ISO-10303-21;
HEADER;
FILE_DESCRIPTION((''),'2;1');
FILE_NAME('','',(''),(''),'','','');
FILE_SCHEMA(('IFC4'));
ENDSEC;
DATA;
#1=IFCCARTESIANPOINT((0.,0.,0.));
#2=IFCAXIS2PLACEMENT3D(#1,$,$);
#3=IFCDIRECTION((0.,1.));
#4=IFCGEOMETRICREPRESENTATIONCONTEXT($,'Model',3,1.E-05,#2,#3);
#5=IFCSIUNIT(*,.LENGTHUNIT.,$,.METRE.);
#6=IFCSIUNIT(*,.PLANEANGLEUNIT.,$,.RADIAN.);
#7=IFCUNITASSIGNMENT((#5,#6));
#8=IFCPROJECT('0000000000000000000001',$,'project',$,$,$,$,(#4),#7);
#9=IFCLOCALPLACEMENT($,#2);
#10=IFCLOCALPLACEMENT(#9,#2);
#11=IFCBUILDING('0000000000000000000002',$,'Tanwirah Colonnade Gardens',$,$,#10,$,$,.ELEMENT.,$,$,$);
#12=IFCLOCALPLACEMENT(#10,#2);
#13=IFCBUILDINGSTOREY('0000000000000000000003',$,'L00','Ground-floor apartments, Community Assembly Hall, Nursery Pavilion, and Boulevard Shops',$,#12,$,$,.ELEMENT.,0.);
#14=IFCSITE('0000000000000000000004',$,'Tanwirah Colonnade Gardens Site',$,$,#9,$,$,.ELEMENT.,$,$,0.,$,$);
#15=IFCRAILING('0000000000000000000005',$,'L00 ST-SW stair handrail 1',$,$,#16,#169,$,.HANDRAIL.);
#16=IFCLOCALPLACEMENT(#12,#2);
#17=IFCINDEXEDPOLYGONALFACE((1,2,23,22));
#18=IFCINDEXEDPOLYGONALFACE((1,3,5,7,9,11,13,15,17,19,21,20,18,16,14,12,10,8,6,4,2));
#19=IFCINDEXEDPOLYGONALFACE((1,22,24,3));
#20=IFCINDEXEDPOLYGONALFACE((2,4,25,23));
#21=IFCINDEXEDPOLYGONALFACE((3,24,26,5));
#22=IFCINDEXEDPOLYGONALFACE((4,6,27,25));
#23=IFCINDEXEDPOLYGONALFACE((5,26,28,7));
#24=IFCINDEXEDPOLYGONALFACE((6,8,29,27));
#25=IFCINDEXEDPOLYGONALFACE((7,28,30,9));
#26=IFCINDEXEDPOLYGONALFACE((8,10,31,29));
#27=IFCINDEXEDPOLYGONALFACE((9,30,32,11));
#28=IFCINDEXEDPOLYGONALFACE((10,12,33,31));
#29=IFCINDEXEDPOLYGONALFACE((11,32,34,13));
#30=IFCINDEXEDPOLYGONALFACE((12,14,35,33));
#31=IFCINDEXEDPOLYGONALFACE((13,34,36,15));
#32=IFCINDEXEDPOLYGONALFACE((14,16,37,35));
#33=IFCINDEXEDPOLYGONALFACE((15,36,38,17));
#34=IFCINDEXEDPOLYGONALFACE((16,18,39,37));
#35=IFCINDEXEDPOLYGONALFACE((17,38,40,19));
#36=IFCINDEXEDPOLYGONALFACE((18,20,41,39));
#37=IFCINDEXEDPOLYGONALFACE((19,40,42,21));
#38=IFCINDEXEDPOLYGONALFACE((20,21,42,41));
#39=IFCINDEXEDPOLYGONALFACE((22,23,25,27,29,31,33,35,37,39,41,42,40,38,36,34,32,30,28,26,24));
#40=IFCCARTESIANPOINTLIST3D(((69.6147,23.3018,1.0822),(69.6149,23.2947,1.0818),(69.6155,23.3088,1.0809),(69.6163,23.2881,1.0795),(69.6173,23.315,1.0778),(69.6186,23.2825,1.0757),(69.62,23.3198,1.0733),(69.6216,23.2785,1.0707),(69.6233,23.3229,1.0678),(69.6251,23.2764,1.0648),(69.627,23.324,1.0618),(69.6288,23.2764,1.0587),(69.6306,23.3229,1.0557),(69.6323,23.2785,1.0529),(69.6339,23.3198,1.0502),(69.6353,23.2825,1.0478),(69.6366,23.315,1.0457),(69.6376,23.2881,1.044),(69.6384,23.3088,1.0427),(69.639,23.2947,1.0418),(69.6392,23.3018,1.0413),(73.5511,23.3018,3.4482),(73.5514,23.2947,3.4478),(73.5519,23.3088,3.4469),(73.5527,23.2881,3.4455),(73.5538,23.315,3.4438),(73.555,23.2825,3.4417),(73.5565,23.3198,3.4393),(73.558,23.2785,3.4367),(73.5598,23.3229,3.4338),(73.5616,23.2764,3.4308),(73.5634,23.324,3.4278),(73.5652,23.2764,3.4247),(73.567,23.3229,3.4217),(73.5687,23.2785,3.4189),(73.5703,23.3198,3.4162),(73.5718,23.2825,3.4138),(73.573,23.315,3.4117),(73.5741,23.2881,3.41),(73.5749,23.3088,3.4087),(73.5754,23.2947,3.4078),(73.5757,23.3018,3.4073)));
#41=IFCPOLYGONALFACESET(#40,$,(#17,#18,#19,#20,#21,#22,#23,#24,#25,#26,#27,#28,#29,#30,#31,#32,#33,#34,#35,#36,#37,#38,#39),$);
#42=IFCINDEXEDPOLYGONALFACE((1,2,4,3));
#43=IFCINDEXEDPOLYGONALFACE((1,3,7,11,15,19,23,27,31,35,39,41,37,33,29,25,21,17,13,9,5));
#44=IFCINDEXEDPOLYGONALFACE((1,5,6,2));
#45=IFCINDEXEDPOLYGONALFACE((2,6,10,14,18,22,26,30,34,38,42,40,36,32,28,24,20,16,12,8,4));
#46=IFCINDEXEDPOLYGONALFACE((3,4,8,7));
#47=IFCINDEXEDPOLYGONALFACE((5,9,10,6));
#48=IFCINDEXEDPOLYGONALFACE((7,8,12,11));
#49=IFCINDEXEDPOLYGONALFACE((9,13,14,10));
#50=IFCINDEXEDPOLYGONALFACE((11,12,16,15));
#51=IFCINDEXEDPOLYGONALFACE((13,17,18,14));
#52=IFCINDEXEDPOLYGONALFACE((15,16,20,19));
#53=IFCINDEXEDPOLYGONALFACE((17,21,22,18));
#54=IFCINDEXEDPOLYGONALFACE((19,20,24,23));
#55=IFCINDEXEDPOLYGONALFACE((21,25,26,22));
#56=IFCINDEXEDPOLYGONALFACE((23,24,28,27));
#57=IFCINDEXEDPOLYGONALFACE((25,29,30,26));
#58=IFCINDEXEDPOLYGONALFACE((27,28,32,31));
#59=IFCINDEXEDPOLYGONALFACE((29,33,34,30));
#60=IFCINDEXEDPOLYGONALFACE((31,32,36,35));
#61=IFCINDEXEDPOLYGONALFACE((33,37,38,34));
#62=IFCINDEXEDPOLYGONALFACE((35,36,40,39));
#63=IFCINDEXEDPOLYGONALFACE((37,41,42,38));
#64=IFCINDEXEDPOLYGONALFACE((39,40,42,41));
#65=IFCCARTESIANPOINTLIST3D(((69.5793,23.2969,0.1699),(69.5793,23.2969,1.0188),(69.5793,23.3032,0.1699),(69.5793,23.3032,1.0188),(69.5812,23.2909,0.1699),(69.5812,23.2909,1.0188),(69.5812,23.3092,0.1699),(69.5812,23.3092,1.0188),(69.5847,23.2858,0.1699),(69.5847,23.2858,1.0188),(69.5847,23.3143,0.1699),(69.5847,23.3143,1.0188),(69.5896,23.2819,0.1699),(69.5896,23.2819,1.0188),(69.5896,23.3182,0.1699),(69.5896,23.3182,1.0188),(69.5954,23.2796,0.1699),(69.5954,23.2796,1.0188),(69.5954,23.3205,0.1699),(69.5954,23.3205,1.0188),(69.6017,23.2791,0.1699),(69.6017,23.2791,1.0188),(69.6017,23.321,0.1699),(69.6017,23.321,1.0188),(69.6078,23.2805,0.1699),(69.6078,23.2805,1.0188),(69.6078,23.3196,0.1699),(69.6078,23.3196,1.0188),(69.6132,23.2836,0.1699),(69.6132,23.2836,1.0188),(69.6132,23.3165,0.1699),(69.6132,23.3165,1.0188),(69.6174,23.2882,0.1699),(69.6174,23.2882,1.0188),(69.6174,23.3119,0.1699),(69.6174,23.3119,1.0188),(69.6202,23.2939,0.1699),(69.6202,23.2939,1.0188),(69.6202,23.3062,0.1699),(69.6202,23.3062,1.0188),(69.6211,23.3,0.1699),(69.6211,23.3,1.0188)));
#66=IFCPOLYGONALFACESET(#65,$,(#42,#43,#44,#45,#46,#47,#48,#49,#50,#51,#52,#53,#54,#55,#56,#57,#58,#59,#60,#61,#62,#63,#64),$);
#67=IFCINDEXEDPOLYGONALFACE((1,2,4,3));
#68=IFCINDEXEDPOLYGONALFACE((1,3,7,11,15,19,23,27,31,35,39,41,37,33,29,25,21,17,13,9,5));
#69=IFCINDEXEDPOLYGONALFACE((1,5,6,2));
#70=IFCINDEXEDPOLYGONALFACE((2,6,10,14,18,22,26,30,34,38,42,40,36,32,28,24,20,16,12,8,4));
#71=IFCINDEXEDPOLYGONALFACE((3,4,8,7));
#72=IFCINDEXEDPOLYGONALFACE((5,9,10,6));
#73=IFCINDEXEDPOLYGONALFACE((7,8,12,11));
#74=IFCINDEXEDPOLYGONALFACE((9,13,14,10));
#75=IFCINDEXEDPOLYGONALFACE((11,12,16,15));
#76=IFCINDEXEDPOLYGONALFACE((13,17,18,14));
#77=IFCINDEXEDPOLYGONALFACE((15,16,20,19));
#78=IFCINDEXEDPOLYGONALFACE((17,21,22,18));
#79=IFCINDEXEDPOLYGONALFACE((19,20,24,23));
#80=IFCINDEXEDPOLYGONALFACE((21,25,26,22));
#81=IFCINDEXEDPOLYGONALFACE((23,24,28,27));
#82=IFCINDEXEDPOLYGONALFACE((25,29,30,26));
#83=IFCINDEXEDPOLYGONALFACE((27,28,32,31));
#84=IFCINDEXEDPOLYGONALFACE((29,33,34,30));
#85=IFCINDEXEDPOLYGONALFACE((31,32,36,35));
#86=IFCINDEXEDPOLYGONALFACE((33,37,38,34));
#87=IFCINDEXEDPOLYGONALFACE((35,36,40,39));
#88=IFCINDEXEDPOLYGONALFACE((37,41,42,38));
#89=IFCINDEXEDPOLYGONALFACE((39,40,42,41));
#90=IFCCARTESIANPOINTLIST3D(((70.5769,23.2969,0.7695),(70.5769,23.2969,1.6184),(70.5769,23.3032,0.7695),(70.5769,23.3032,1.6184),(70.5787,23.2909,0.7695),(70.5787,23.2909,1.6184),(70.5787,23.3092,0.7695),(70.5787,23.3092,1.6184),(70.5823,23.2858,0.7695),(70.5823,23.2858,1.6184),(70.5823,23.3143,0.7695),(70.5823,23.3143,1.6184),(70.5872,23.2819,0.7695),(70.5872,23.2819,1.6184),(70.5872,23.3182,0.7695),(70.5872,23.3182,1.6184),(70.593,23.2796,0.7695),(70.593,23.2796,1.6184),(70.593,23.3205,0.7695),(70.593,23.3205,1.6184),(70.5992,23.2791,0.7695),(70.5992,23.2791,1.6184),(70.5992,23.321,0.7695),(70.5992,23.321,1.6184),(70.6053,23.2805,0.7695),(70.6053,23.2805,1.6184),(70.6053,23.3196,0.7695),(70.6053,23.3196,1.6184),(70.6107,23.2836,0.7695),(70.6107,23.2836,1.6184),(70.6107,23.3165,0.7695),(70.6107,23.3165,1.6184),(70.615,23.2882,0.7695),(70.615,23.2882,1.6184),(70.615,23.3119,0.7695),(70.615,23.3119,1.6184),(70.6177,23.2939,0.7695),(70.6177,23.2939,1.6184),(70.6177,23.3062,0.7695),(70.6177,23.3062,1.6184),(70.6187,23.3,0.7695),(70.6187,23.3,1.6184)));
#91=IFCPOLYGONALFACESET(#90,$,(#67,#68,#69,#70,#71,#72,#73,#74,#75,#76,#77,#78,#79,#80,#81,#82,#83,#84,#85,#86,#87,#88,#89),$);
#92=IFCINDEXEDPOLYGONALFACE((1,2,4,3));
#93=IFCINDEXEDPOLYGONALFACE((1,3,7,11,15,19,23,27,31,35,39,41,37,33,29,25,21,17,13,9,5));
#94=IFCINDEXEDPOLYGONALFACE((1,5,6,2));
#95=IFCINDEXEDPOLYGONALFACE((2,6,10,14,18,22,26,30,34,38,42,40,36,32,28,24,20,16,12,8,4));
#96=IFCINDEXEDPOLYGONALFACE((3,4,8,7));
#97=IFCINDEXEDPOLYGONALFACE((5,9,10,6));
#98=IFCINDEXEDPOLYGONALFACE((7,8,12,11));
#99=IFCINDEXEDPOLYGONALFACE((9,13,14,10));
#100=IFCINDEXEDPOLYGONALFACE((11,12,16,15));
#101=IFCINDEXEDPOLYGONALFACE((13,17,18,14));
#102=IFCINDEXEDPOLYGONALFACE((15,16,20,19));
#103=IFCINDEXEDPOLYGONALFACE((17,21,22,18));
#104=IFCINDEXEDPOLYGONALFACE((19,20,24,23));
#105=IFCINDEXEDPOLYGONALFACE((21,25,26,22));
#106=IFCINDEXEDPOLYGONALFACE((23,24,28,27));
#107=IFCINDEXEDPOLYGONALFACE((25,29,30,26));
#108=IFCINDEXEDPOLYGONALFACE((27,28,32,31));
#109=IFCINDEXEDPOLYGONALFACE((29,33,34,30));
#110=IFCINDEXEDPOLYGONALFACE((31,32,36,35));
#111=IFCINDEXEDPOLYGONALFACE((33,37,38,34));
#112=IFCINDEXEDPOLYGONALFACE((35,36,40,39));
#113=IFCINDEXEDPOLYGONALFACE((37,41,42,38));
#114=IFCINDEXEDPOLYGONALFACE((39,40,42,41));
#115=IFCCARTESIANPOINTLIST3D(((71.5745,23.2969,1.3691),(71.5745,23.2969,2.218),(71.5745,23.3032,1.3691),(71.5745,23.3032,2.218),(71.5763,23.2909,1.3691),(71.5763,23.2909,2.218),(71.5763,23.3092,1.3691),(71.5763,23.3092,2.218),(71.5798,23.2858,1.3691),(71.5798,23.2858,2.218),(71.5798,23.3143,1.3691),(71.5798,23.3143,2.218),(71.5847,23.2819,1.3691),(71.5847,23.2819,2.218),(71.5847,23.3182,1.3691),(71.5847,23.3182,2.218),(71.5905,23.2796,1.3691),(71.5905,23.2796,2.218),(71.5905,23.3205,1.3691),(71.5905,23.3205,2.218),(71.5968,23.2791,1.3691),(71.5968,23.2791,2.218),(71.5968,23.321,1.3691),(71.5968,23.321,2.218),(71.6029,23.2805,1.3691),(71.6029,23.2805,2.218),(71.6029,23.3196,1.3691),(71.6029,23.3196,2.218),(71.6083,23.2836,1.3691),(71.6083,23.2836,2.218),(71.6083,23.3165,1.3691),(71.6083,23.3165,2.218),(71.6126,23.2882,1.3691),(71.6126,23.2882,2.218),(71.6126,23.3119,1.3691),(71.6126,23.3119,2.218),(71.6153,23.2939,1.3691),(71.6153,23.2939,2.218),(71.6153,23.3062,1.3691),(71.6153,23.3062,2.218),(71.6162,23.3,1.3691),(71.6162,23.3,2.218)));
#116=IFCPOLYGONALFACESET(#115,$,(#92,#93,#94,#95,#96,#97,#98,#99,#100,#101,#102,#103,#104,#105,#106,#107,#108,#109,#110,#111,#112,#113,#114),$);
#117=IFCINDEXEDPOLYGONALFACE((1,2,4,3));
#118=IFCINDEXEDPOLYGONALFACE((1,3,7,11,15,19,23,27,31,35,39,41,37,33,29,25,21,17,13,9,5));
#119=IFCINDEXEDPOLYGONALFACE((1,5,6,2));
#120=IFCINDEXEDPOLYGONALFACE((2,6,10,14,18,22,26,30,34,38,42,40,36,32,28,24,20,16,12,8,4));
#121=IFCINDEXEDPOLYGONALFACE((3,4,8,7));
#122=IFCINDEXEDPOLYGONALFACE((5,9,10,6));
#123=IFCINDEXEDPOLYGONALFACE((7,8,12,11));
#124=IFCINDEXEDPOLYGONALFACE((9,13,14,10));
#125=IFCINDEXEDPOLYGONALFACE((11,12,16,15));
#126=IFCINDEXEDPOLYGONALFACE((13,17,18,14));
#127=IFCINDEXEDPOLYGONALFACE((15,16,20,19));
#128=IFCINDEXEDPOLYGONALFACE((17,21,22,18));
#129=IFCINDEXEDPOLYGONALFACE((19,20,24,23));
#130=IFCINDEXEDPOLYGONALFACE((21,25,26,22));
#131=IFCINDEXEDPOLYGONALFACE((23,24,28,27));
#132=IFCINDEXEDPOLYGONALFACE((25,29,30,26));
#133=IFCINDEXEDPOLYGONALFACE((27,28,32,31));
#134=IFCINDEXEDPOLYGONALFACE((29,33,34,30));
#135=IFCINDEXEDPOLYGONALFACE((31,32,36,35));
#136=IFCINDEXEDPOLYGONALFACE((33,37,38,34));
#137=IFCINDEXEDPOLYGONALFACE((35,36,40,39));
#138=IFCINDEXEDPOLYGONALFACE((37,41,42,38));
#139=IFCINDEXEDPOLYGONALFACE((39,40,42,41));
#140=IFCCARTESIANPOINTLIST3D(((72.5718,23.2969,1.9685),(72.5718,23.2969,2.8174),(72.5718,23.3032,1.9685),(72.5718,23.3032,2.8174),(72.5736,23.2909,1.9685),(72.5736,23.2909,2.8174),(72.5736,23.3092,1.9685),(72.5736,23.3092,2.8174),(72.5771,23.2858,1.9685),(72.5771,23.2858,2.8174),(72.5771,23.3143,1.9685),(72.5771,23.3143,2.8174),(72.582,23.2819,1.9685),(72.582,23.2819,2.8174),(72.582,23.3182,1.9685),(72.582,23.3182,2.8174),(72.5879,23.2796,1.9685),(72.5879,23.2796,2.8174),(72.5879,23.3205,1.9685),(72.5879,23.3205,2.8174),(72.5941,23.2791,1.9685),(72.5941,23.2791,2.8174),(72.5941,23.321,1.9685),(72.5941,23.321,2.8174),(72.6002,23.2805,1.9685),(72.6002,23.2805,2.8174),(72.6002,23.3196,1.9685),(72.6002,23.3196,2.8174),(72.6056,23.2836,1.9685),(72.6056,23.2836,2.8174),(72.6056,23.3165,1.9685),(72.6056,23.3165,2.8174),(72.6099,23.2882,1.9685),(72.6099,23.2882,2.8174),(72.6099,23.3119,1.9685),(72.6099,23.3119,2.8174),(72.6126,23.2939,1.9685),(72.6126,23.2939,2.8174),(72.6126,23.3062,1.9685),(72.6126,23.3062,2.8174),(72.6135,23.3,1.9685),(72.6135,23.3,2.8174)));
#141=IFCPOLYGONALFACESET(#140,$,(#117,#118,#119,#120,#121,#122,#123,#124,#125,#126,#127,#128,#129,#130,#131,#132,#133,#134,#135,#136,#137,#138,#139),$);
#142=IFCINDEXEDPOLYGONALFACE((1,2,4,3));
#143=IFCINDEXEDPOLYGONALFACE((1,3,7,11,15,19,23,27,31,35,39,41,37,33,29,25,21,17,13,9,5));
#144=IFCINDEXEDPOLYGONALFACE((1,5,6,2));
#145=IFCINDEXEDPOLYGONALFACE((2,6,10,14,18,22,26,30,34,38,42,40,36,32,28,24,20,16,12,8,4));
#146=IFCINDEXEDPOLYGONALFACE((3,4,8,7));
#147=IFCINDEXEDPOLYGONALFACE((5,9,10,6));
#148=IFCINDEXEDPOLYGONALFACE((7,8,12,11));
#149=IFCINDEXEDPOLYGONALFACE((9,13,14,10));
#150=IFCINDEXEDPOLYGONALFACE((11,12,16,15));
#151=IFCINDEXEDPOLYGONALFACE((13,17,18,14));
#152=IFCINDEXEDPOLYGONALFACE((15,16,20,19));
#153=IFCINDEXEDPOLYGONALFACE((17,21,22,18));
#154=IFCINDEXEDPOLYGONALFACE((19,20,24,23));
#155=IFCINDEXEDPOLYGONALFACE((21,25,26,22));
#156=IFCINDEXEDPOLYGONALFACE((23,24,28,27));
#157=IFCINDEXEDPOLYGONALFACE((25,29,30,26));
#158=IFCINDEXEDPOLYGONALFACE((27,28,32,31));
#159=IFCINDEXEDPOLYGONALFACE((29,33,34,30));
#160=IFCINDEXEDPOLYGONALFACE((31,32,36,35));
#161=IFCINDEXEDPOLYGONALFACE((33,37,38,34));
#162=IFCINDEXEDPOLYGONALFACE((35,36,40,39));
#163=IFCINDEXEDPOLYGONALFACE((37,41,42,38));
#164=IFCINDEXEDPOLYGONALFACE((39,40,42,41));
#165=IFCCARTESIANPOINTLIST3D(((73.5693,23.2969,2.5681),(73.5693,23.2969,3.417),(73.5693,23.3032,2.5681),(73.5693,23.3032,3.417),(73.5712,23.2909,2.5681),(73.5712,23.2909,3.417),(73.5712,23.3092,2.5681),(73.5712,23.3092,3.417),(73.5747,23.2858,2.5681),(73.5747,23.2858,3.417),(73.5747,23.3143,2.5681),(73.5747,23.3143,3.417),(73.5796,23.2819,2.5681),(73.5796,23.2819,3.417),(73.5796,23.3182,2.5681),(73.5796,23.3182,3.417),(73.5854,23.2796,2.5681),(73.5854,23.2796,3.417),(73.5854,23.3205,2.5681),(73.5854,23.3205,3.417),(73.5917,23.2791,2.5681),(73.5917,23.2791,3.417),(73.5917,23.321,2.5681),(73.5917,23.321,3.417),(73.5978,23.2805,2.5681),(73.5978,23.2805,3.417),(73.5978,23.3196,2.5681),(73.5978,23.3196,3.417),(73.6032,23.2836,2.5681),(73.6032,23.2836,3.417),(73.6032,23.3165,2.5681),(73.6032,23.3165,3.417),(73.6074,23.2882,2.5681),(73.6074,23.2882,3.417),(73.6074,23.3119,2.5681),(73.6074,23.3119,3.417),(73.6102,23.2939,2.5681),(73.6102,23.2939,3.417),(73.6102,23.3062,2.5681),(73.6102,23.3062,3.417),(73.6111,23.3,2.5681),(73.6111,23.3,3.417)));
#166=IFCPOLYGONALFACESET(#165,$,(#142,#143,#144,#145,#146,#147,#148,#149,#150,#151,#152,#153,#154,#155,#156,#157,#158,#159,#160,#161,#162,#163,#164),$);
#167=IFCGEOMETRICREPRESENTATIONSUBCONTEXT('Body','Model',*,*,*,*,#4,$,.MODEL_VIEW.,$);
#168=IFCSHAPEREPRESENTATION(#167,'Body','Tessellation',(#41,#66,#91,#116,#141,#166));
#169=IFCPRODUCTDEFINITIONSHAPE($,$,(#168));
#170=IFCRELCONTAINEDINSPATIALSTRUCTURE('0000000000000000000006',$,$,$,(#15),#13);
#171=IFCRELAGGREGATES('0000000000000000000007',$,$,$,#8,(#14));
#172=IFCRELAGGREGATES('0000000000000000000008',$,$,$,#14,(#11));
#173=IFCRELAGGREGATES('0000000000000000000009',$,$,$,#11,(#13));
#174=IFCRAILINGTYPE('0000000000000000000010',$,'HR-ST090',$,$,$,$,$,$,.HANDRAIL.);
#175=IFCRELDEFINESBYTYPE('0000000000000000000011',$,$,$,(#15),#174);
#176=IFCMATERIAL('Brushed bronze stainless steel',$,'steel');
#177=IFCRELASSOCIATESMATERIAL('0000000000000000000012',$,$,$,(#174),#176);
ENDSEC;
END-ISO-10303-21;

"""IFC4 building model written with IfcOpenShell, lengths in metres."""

from ifc_helpers import new_model, si_unit, direction, frame, origin, origin_2d, place, context, subcontext, project, spatial, circle, extrude, material, type_object, element, save


model = new_model("IFC4")

# Units and contexts
model_context = context("Model", 3, precision=1e-05, world=origin(), true_north=direction((0.0, 1.0)))
body_context = subcontext(model_context, "Body", "Model", "MODEL_VIEW")
ifc_project = project(units=[si_unit("LENGTHUNIT", "METRE"), si_unit("PLANEANGLEUNIT", "RADIAN")], contexts=[model_context])

# Site, building, storey
site_placement = place(None, origin())
site = spatial("IfcSite", under=ifc_project, at=site_placement, Name="Tanwirah Colonnade Gardens Site", CompositionType="ELEMENT", RefElevation=0.0)
building_placement = place(site_placement, origin())
building = spatial("IfcBuilding", under=site, at=building_placement, Name="Tanwirah Colonnade Gardens", CompositionType="ELEMENT")
storey_placement = place(building_placement, origin())
storey = spatial("IfcBuildingStorey", under=building, at=storey_placement, Name="L00", Description="Ground-floor apartments, Community Assembly Hall, Nursery Pavilion, and Boulevard Shops", CompositionType="ELEMENT", Elevation=0.0)

# Railing
ifc_material_1 = material(Name="Brushed bronze stainless steel", Category="steel")
railing_type_1 = type_object("IfcRailingType", Name="HR-ST090", PredefinedType="HANDRAIL", material=ifc_material_1)
railing_1_placement = place(storey_placement, frame((69.6001, 23.3, 0.1699)))
element("IfcRailing", 1, at=railing_1_placement, inside=storey, type_object=railing_type_1, Name="L00 ST-SW stair handrail 1", PredefinedType="HANDRAIL", context=body_context, shape_type="SweptSolid", body=[
    extrude(circle(Radius=0.0239, at=origin_2d()), frame((0.0269, 0.0, 0.8918), z_axis=(0.857095, 0.0, 0.515159), x_axis=(0.0, 1.0, 0.0)), (0.0, 0.0, 1.0), 4.5928),
    extrude(circle(Radius=0.021, at=origin_2d()), origin(), (0.0, 0.0, 1.0), 0.8489),
    extrude(circle(Radius=0.021, at=origin_2d()), frame((0.9976, 0.0, 0.5996)), (0.0, 0.0, 1.0), 0.8489),
    extrude(circle(Radius=0.021, at=origin_2d()), frame((1.9951, 0.0, 1.1992)), (0.0, 0.0, 1.0), 0.8489),
    extrude(circle(Radius=0.021, at=origin_2d()), frame((2.9924, 0.0, 1.7986)), (0.0, 0.0, 1.0), 0.8489),
    extrude(circle(Radius=0.021, at=origin_2d()), frame((3.99, 0.0, 2.3982)), (0.0, 0.0, 1.0), 0.8489),
])

save(model, "model.ifc")
